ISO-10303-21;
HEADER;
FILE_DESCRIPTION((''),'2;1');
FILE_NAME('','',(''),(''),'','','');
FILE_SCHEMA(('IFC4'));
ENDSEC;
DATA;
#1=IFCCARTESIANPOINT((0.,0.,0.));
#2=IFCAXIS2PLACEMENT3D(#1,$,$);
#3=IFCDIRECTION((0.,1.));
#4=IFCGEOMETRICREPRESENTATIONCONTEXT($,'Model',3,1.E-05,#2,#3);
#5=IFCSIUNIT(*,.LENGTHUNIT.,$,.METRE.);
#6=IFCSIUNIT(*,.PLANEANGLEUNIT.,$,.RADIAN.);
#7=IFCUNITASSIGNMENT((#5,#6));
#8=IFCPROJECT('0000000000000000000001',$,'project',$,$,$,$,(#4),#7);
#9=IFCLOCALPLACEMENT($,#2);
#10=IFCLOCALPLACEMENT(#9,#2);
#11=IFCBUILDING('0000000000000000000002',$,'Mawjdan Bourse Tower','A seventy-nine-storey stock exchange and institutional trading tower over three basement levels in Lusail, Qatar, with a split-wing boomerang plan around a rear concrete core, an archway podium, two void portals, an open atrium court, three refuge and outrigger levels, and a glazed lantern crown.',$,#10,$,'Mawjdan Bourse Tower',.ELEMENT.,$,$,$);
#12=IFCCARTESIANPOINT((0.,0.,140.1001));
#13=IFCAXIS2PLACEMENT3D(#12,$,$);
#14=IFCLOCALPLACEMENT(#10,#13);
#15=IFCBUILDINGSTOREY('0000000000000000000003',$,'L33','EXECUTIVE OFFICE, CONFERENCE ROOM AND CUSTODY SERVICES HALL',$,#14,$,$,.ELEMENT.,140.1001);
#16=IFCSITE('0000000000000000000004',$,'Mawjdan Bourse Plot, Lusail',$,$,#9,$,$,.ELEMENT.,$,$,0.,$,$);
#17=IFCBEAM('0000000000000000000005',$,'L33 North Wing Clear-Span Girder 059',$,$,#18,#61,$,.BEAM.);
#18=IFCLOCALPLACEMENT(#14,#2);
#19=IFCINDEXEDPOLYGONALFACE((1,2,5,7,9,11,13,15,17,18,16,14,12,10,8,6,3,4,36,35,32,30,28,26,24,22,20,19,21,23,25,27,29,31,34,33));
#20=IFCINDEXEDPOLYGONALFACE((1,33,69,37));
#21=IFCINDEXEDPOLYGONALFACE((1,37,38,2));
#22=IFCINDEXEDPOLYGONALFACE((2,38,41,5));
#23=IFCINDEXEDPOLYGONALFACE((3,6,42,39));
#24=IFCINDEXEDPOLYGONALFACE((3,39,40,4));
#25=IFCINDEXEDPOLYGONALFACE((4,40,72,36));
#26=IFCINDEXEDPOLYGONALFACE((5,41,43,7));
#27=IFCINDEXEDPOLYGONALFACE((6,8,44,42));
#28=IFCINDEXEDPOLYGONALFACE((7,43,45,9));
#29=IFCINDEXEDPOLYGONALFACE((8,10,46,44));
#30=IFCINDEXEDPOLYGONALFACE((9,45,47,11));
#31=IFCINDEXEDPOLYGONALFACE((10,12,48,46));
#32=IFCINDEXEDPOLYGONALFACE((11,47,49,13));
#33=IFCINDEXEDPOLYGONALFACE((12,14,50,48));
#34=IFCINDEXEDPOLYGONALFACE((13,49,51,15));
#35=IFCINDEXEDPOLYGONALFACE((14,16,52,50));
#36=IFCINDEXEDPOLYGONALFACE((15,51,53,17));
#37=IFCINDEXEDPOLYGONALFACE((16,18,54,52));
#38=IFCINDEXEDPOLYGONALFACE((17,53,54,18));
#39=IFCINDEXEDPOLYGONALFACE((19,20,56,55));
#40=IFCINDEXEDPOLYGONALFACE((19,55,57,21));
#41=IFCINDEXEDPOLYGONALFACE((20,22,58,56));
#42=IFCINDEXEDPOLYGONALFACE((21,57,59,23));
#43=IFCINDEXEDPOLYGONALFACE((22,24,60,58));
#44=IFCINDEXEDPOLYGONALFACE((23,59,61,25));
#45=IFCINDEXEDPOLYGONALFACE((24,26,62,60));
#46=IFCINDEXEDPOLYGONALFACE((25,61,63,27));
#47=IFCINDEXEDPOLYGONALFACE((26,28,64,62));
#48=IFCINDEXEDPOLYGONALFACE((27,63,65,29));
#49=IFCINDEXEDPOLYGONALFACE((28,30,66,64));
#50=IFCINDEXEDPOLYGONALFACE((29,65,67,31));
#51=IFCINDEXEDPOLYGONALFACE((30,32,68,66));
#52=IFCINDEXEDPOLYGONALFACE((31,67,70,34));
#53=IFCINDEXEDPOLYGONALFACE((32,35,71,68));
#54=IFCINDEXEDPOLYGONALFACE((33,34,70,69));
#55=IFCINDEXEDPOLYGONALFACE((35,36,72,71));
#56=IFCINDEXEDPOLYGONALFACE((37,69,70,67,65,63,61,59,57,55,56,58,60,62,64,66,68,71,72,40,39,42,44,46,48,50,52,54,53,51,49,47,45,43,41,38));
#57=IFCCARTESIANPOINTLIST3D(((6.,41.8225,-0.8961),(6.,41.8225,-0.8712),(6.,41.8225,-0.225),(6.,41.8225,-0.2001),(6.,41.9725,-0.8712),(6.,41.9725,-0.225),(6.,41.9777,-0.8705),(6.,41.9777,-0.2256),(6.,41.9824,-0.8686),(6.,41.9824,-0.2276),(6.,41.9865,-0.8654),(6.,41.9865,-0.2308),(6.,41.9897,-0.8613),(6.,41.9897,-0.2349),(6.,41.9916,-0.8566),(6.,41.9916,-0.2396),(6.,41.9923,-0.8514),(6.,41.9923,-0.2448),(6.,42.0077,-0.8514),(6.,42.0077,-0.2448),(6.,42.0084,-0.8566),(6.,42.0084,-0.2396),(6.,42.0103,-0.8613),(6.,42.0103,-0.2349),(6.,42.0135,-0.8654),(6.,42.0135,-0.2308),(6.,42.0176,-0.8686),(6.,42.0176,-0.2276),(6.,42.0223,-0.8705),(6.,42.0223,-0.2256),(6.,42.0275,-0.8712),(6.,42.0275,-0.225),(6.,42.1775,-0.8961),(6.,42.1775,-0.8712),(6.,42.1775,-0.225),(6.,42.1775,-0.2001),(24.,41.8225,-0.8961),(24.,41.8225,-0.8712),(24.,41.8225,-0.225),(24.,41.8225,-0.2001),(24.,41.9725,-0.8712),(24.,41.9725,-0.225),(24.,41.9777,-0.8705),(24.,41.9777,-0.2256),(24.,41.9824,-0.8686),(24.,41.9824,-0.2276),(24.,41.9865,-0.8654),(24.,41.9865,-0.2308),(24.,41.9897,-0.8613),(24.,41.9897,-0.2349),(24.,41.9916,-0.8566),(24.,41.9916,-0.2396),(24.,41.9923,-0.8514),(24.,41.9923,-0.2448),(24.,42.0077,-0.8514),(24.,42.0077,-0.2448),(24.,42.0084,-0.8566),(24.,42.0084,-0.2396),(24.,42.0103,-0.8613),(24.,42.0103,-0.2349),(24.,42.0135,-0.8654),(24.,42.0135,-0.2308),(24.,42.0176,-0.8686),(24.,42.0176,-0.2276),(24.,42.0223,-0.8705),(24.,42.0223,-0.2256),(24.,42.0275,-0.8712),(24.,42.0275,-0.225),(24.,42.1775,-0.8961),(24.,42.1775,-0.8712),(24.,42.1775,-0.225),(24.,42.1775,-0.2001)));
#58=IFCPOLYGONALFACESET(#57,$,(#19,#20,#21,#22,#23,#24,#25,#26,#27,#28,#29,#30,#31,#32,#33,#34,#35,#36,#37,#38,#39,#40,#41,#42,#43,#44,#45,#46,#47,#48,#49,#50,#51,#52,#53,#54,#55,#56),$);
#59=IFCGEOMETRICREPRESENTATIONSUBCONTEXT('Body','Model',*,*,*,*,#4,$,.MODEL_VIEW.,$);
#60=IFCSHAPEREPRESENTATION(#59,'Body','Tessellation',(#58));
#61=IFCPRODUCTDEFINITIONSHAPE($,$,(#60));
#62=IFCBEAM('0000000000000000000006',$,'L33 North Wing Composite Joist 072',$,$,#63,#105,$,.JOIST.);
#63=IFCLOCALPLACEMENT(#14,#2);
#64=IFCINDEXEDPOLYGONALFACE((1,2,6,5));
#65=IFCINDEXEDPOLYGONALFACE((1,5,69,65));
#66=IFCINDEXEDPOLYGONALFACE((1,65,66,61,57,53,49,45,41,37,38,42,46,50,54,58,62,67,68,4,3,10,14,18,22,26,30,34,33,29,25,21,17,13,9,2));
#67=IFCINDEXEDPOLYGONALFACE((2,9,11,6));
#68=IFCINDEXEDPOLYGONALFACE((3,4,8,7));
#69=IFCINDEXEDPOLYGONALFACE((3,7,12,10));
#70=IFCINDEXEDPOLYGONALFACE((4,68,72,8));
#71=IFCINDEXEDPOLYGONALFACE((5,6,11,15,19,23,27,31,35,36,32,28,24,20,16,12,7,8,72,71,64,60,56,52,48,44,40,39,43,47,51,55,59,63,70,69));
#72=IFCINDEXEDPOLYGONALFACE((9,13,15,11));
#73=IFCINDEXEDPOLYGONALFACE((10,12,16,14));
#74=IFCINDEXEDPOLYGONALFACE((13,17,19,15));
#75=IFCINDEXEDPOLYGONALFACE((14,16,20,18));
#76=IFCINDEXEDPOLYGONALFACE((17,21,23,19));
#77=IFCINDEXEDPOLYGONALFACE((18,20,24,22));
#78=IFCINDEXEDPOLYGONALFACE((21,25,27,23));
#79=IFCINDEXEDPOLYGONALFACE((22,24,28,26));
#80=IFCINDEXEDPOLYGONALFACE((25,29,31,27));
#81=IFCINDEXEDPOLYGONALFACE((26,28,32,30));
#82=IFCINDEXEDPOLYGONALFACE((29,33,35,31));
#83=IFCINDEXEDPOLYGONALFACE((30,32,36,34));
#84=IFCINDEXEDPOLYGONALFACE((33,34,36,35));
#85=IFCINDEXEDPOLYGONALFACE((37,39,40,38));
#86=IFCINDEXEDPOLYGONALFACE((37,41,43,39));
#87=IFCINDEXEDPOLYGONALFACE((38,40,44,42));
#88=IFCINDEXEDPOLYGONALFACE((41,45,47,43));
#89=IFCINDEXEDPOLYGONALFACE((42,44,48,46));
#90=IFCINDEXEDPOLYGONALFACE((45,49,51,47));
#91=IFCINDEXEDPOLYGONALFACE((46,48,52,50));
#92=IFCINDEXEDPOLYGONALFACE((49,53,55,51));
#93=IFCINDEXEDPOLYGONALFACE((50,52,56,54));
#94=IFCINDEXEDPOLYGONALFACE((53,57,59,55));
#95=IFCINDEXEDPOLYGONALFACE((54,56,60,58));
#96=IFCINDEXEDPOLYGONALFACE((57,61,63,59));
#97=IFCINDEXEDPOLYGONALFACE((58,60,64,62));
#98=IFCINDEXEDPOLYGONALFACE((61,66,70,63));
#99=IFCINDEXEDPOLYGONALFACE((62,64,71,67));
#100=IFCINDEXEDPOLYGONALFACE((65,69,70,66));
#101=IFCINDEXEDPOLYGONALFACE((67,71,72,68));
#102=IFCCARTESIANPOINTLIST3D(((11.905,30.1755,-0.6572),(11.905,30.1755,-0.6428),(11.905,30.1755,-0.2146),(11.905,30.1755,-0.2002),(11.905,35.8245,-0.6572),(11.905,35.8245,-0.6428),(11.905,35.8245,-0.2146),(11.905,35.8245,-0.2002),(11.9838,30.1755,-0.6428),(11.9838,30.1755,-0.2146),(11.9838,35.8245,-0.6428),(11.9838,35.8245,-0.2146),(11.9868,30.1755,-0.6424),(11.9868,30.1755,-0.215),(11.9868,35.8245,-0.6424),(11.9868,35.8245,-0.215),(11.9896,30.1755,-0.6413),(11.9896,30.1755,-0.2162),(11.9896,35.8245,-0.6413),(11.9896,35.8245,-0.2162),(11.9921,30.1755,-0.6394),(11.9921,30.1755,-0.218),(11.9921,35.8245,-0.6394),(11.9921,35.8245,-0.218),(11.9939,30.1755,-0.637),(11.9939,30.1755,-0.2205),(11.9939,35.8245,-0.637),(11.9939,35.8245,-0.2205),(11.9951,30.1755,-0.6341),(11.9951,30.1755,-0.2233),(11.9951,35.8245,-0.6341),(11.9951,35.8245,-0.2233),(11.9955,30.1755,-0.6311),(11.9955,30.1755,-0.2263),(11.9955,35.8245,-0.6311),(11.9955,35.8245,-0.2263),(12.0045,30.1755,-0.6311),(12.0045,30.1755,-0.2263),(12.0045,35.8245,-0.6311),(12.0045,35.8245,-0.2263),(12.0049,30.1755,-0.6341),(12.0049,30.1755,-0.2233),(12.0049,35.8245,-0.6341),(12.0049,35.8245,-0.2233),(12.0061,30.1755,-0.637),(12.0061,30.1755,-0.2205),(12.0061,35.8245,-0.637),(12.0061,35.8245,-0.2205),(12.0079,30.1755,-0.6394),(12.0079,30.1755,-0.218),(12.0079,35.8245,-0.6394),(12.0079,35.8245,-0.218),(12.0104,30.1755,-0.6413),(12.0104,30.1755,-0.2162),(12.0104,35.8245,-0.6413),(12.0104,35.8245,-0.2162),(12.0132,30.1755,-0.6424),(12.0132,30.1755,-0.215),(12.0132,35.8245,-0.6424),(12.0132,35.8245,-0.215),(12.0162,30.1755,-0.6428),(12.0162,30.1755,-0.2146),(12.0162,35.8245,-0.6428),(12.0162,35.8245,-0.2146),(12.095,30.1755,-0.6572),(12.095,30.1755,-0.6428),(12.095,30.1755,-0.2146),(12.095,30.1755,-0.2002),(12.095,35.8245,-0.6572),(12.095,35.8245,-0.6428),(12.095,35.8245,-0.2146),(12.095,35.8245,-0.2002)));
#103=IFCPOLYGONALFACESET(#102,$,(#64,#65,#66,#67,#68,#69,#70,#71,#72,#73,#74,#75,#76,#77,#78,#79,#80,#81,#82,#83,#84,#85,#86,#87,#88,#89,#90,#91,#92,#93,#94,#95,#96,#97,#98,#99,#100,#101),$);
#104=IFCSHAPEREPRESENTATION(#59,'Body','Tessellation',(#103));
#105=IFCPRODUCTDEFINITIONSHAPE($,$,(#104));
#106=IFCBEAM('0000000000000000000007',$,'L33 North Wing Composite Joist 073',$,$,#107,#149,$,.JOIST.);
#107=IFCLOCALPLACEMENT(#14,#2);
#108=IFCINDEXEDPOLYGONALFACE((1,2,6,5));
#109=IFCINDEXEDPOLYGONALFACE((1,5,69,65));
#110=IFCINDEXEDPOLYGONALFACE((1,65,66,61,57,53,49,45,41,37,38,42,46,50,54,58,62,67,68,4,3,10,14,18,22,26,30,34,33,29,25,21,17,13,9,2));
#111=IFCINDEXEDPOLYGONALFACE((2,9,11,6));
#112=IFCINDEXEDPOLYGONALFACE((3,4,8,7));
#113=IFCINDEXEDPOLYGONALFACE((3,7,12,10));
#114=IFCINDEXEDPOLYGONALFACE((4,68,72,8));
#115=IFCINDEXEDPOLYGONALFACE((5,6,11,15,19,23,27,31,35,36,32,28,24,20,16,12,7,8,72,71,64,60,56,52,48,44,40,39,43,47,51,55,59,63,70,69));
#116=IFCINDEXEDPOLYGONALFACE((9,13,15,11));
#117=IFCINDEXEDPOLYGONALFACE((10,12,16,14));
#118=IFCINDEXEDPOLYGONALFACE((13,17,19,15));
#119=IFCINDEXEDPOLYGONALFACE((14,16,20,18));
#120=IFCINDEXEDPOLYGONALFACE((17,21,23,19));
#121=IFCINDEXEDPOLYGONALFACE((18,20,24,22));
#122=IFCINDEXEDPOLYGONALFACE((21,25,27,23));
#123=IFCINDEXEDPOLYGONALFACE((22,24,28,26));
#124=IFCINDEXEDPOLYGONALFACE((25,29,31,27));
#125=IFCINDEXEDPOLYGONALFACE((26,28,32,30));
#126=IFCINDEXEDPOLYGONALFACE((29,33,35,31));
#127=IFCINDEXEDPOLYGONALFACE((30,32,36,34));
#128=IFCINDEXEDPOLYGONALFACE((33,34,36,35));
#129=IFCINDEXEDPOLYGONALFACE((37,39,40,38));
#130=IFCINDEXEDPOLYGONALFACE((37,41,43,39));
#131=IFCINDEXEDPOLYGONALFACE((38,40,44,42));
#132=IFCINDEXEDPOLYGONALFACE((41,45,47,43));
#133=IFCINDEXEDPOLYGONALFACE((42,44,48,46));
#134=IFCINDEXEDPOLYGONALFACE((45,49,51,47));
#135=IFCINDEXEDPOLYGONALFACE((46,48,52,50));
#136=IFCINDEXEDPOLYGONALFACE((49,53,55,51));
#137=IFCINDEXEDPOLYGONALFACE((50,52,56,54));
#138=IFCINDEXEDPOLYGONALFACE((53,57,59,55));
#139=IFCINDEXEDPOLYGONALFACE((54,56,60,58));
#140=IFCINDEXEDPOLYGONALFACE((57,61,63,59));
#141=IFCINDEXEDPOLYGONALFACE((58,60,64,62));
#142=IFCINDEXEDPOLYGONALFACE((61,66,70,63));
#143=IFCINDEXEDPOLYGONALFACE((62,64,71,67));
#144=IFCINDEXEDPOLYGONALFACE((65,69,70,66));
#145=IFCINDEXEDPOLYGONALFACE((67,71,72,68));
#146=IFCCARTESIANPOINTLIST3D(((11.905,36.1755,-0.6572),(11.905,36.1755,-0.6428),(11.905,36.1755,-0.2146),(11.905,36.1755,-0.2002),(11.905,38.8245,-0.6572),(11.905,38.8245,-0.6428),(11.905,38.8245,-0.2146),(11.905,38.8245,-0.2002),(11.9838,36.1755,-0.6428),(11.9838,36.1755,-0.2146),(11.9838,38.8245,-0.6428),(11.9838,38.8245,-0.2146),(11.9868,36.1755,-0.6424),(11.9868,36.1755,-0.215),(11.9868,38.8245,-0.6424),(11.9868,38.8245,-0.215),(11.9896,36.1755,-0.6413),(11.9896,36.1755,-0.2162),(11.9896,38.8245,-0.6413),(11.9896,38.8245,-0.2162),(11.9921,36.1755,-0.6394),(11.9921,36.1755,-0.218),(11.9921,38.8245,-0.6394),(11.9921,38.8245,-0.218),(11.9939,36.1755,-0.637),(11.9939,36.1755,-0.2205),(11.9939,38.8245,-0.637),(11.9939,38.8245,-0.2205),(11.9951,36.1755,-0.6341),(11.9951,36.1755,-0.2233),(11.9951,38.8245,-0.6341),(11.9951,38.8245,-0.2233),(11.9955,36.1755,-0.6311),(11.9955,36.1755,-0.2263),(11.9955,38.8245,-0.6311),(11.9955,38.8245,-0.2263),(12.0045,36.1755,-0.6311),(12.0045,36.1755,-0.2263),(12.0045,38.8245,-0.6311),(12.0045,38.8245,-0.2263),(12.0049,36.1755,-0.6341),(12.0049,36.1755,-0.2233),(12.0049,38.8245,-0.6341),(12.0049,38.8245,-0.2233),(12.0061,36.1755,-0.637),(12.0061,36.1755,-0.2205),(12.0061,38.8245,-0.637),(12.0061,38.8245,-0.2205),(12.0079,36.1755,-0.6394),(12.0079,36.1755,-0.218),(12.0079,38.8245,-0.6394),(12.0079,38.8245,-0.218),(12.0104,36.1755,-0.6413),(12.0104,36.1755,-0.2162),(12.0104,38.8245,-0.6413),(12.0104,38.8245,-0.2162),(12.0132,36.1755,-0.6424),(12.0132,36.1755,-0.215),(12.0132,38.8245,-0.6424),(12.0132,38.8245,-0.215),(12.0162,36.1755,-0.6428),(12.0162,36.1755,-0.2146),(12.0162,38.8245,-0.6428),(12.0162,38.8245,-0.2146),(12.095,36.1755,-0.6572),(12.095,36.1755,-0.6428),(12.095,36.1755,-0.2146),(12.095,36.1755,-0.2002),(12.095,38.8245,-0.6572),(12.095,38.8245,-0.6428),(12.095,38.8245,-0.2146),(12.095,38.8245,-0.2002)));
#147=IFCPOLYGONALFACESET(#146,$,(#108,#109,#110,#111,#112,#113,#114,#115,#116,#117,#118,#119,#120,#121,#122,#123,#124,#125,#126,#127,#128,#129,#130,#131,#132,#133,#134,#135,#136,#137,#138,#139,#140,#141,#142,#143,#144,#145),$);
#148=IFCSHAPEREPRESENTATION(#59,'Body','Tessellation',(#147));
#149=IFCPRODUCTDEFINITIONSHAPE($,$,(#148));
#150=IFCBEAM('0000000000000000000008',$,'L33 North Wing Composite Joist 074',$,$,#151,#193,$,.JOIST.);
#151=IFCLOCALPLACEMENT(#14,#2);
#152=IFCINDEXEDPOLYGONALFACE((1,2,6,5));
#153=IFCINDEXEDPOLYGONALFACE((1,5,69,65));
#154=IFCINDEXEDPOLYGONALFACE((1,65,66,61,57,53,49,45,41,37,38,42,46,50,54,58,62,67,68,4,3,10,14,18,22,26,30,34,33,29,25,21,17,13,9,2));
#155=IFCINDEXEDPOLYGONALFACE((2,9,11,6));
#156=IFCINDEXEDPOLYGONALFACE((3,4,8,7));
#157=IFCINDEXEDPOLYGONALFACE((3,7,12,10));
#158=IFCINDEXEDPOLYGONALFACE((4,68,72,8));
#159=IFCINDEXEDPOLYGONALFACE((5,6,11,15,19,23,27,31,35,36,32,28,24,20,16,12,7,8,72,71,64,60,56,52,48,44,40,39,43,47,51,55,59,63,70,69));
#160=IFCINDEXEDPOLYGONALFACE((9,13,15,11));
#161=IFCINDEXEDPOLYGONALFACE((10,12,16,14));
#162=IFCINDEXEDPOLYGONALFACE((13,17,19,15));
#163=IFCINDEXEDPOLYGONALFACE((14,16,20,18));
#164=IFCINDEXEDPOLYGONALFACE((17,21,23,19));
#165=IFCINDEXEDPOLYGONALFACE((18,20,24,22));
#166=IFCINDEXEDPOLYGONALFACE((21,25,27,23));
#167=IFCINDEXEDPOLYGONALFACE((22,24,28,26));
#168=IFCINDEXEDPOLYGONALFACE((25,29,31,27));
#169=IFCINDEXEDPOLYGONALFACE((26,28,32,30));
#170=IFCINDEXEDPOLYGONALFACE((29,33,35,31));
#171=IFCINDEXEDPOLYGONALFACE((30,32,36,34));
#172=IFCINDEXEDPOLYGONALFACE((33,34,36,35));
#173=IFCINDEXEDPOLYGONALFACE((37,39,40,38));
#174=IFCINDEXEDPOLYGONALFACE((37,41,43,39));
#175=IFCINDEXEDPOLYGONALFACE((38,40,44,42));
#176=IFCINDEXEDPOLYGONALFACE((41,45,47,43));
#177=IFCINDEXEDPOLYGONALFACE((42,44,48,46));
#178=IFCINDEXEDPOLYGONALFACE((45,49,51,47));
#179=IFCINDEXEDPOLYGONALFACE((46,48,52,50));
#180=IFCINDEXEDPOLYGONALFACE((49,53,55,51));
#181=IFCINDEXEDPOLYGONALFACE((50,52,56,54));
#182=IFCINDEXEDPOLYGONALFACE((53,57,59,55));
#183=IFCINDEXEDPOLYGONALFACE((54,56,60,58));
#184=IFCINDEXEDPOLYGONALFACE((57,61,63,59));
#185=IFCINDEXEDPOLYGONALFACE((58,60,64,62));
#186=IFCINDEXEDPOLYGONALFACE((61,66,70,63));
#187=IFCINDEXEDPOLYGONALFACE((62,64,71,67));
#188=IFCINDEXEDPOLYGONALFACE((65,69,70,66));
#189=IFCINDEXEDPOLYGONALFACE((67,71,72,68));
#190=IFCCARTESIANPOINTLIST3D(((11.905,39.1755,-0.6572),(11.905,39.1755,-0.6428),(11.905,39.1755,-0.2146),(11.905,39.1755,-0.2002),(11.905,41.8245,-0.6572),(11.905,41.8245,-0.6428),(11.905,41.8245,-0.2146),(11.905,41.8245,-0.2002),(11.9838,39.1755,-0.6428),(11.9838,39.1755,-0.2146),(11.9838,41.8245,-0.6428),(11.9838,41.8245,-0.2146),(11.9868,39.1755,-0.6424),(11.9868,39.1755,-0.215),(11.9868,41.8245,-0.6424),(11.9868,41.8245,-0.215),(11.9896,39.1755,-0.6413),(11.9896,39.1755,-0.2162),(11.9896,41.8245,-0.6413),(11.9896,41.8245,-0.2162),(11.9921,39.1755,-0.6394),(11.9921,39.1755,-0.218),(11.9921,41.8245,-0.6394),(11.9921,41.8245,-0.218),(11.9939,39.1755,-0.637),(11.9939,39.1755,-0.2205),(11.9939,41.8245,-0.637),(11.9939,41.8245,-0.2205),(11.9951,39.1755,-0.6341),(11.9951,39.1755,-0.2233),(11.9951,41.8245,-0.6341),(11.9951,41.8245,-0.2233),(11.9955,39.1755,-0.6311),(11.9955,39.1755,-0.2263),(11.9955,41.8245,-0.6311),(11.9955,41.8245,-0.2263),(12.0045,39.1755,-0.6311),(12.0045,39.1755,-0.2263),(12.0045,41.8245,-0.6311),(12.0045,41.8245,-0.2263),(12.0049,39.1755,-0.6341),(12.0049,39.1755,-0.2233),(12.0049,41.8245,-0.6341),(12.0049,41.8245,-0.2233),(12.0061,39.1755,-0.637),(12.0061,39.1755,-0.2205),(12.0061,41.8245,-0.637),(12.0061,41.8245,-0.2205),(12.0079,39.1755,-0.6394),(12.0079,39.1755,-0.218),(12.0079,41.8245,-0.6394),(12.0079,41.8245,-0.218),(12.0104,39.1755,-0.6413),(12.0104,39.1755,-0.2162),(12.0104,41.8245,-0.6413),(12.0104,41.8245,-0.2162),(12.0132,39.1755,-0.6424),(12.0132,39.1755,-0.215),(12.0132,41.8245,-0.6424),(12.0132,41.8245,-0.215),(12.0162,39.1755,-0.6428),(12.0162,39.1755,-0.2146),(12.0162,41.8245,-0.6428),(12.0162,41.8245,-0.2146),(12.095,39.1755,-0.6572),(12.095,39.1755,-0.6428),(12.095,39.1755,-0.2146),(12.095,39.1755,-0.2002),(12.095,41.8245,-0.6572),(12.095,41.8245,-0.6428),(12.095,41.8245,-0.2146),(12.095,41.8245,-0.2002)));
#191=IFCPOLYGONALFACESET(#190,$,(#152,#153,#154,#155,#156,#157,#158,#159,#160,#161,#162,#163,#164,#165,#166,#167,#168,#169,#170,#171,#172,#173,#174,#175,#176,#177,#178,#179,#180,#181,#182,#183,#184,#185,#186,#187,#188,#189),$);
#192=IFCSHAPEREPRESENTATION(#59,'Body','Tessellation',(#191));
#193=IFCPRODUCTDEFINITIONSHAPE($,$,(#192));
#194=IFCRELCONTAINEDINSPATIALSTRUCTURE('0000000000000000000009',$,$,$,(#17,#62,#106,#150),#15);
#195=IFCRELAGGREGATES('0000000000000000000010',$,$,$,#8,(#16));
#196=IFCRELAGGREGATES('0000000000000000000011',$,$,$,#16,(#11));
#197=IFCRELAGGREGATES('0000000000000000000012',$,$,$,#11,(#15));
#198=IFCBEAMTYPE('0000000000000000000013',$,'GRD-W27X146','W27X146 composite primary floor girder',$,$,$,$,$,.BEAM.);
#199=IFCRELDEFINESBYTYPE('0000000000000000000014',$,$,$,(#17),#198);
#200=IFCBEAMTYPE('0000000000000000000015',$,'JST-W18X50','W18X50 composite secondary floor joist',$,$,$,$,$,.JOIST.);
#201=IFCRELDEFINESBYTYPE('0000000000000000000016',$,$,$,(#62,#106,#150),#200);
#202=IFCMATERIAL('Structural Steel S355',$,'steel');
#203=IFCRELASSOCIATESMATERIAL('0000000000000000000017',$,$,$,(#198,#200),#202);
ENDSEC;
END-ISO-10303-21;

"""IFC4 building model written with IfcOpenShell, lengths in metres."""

from ifc_helpers import new_model, si_unit, direction, frame, origin, origin_2d, place, context, subcontext, project, spatial, i_section, extrude, material, material_profile, profile_set, type_object, element, save


model = new_model("IFC4")

# Units and contexts
model_context = context("Model", 3, precision=1e-05, world=origin(), true_north=direction((0.0, 1.0)))
body_context = subcontext(model_context, "Body", "Model", "MODEL_VIEW")
ifc_project = project(units=[si_unit("LENGTHUNIT", "METRE"), si_unit("PLANEANGLEUNIT", "RADIAN")], contexts=[model_context])

# Site, building, storey
site_placement = place(None, origin())
site = spatial("IfcSite", under=ifc_project, at=site_placement, Name="Mawjdan Bourse Plot, Lusail", CompositionType="ELEMENT", RefElevation=0.0)
building_placement = place(site_placement, origin())
building = spatial("IfcBuilding", under=site, at=building_placement, Name="Mawjdan Bourse Tower", Description="A seventy-nine-storey stock exchange and institutional trading tower over three basement levels in Lusail, Qatar, with a split-wing boomerang plan around a rear concrete core, an archway podium, two void portals, an open atrium court, three refuge and outrigger levels, and a glazed lantern crown.", LongName="Mawjdan Bourse Tower", CompositionType="ELEMENT")
storey_placement = place(building_placement, frame((0.0, 0.0, 140.1001)))
storey = spatial("IfcBuildingStorey", under=building, at=storey_placement, Name="L33", Description="EXECUTIVE OFFICE, CONFERENCE ROOM AND CUSTODY SERVICES HALL", CompositionType="ELEMENT", Elevation=140.1001)

# Beams
ifc_material_1 = material(Name="Structural Steel S355", Category="steel")
ifc_material_profile_1 = material_profile(ifc_material_1, i_section(OverallWidth=0.355, OverallDepth=0.696, WebThickness=0.0154, FlangeThickness=0.0249, FilletRadius=0.0198, at=origin_2d()), Name="W27X146")
ifc_profile_set_1 = profile_set([ifc_material_profile_1], Name="Structural Steel S355")
beam_type_1 = type_object("IfcBeamType", Name="GRD-W27X146", Description="W27X146 composite primary floor girder", PredefinedType="BEAM", material=ifc_profile_set_1)
for number, where, z_axis, x_axis, name in (
    (1, (6.0, 42.0, -0.5481), (1.0, 0.0, 0.0), (0.0, 1.0, 0.0), "L33 North Wing Clear-Span Girder 059"),
):
    element("IfcBeam", number, at=place(storey_placement, frame(where, z_axis=z_axis, x_axis=x_axis)), inside=storey, type_object=beam_type_1, Name=name, PredefinedType="BEAM", context=body_context, shape_type="SweptSolid", body=[
        extrude(i_section(OverallWidth=0.355, OverallDepth=0.696, WebThickness=0.0154, FlangeThickness=0.0249, FilletRadius=0.0198, at=origin_2d()), origin(), (0.0, 0.0, 1.0), 18.0),
    ])
ifc_material_profile_2 = material_profile(ifc_material_1, i_section(OverallWidth=0.1899, OverallDepth=0.457, WebThickness=0.009, FlangeThickness=0.0144, FilletRadius=0.0117, at=origin_2d()), Name="W18X50")
ifc_profile_set_2 = profile_set([ifc_material_profile_2], Name="Structural Steel S355")
beam_type_2 = type_object("IfcBeamType", Name="JST-W18X50", Description="W18X50 composite secondary floor joist", PredefinedType="JOIST", material=ifc_profile_set_2)
beam_1_placement = place(storey_placement, frame((12.0, 30.1755, -0.4287), z_axis=(0.0, 1.0, 0.0), x_axis=(-1.0, 0.0, 0.0)))
element("IfcBeam", 2, at=beam_1_placement, inside=storey, type_object=beam_type_2, Name="L33 North Wing Composite Joist 072", PredefinedType="JOIST", context=body_context, shape_type="SweptSolid", body=[
    extrude(i_section(OverallWidth=0.1899, OverallDepth=0.457, WebThickness=0.009, FlangeThickness=0.0144, FilletRadius=0.0117, at=origin_2d()), origin(), (0.0, 0.0, 1.0), 5.6489),
])
for number, where, z_axis, x_axis, name in (
    (3, (12.0, 36.1755, -0.4287), (0.0, 1.0, 0.0), (-1.0, 0.0, 0.0), "L33 North Wing Composite Joist 073"),
    (4, (12.0, 39.1755, -0.4287), (0.0, 1.0, 0.0), (-1.0, 0.0, 0.0), "L33 North Wing Composite Joist 074"),
):
    element("IfcBeam", number, at=place(storey_placement, frame(where, z_axis=z_axis, x_axis=x_axis)), inside=storey, type_object=beam_type_2, Name=name, PredefinedType="JOIST", context=body_context, shape_type="SweptSolid", body=[
        extrude(i_section(OverallWidth=0.1899, OverallDepth=0.457, WebThickness=0.009, FlangeThickness=0.0144, FilletRadius=0.0117, at=origin_2d()), origin(), (0.0, 0.0, 1.0), 2.6489),
    ])

save(model, "model.ifc")
